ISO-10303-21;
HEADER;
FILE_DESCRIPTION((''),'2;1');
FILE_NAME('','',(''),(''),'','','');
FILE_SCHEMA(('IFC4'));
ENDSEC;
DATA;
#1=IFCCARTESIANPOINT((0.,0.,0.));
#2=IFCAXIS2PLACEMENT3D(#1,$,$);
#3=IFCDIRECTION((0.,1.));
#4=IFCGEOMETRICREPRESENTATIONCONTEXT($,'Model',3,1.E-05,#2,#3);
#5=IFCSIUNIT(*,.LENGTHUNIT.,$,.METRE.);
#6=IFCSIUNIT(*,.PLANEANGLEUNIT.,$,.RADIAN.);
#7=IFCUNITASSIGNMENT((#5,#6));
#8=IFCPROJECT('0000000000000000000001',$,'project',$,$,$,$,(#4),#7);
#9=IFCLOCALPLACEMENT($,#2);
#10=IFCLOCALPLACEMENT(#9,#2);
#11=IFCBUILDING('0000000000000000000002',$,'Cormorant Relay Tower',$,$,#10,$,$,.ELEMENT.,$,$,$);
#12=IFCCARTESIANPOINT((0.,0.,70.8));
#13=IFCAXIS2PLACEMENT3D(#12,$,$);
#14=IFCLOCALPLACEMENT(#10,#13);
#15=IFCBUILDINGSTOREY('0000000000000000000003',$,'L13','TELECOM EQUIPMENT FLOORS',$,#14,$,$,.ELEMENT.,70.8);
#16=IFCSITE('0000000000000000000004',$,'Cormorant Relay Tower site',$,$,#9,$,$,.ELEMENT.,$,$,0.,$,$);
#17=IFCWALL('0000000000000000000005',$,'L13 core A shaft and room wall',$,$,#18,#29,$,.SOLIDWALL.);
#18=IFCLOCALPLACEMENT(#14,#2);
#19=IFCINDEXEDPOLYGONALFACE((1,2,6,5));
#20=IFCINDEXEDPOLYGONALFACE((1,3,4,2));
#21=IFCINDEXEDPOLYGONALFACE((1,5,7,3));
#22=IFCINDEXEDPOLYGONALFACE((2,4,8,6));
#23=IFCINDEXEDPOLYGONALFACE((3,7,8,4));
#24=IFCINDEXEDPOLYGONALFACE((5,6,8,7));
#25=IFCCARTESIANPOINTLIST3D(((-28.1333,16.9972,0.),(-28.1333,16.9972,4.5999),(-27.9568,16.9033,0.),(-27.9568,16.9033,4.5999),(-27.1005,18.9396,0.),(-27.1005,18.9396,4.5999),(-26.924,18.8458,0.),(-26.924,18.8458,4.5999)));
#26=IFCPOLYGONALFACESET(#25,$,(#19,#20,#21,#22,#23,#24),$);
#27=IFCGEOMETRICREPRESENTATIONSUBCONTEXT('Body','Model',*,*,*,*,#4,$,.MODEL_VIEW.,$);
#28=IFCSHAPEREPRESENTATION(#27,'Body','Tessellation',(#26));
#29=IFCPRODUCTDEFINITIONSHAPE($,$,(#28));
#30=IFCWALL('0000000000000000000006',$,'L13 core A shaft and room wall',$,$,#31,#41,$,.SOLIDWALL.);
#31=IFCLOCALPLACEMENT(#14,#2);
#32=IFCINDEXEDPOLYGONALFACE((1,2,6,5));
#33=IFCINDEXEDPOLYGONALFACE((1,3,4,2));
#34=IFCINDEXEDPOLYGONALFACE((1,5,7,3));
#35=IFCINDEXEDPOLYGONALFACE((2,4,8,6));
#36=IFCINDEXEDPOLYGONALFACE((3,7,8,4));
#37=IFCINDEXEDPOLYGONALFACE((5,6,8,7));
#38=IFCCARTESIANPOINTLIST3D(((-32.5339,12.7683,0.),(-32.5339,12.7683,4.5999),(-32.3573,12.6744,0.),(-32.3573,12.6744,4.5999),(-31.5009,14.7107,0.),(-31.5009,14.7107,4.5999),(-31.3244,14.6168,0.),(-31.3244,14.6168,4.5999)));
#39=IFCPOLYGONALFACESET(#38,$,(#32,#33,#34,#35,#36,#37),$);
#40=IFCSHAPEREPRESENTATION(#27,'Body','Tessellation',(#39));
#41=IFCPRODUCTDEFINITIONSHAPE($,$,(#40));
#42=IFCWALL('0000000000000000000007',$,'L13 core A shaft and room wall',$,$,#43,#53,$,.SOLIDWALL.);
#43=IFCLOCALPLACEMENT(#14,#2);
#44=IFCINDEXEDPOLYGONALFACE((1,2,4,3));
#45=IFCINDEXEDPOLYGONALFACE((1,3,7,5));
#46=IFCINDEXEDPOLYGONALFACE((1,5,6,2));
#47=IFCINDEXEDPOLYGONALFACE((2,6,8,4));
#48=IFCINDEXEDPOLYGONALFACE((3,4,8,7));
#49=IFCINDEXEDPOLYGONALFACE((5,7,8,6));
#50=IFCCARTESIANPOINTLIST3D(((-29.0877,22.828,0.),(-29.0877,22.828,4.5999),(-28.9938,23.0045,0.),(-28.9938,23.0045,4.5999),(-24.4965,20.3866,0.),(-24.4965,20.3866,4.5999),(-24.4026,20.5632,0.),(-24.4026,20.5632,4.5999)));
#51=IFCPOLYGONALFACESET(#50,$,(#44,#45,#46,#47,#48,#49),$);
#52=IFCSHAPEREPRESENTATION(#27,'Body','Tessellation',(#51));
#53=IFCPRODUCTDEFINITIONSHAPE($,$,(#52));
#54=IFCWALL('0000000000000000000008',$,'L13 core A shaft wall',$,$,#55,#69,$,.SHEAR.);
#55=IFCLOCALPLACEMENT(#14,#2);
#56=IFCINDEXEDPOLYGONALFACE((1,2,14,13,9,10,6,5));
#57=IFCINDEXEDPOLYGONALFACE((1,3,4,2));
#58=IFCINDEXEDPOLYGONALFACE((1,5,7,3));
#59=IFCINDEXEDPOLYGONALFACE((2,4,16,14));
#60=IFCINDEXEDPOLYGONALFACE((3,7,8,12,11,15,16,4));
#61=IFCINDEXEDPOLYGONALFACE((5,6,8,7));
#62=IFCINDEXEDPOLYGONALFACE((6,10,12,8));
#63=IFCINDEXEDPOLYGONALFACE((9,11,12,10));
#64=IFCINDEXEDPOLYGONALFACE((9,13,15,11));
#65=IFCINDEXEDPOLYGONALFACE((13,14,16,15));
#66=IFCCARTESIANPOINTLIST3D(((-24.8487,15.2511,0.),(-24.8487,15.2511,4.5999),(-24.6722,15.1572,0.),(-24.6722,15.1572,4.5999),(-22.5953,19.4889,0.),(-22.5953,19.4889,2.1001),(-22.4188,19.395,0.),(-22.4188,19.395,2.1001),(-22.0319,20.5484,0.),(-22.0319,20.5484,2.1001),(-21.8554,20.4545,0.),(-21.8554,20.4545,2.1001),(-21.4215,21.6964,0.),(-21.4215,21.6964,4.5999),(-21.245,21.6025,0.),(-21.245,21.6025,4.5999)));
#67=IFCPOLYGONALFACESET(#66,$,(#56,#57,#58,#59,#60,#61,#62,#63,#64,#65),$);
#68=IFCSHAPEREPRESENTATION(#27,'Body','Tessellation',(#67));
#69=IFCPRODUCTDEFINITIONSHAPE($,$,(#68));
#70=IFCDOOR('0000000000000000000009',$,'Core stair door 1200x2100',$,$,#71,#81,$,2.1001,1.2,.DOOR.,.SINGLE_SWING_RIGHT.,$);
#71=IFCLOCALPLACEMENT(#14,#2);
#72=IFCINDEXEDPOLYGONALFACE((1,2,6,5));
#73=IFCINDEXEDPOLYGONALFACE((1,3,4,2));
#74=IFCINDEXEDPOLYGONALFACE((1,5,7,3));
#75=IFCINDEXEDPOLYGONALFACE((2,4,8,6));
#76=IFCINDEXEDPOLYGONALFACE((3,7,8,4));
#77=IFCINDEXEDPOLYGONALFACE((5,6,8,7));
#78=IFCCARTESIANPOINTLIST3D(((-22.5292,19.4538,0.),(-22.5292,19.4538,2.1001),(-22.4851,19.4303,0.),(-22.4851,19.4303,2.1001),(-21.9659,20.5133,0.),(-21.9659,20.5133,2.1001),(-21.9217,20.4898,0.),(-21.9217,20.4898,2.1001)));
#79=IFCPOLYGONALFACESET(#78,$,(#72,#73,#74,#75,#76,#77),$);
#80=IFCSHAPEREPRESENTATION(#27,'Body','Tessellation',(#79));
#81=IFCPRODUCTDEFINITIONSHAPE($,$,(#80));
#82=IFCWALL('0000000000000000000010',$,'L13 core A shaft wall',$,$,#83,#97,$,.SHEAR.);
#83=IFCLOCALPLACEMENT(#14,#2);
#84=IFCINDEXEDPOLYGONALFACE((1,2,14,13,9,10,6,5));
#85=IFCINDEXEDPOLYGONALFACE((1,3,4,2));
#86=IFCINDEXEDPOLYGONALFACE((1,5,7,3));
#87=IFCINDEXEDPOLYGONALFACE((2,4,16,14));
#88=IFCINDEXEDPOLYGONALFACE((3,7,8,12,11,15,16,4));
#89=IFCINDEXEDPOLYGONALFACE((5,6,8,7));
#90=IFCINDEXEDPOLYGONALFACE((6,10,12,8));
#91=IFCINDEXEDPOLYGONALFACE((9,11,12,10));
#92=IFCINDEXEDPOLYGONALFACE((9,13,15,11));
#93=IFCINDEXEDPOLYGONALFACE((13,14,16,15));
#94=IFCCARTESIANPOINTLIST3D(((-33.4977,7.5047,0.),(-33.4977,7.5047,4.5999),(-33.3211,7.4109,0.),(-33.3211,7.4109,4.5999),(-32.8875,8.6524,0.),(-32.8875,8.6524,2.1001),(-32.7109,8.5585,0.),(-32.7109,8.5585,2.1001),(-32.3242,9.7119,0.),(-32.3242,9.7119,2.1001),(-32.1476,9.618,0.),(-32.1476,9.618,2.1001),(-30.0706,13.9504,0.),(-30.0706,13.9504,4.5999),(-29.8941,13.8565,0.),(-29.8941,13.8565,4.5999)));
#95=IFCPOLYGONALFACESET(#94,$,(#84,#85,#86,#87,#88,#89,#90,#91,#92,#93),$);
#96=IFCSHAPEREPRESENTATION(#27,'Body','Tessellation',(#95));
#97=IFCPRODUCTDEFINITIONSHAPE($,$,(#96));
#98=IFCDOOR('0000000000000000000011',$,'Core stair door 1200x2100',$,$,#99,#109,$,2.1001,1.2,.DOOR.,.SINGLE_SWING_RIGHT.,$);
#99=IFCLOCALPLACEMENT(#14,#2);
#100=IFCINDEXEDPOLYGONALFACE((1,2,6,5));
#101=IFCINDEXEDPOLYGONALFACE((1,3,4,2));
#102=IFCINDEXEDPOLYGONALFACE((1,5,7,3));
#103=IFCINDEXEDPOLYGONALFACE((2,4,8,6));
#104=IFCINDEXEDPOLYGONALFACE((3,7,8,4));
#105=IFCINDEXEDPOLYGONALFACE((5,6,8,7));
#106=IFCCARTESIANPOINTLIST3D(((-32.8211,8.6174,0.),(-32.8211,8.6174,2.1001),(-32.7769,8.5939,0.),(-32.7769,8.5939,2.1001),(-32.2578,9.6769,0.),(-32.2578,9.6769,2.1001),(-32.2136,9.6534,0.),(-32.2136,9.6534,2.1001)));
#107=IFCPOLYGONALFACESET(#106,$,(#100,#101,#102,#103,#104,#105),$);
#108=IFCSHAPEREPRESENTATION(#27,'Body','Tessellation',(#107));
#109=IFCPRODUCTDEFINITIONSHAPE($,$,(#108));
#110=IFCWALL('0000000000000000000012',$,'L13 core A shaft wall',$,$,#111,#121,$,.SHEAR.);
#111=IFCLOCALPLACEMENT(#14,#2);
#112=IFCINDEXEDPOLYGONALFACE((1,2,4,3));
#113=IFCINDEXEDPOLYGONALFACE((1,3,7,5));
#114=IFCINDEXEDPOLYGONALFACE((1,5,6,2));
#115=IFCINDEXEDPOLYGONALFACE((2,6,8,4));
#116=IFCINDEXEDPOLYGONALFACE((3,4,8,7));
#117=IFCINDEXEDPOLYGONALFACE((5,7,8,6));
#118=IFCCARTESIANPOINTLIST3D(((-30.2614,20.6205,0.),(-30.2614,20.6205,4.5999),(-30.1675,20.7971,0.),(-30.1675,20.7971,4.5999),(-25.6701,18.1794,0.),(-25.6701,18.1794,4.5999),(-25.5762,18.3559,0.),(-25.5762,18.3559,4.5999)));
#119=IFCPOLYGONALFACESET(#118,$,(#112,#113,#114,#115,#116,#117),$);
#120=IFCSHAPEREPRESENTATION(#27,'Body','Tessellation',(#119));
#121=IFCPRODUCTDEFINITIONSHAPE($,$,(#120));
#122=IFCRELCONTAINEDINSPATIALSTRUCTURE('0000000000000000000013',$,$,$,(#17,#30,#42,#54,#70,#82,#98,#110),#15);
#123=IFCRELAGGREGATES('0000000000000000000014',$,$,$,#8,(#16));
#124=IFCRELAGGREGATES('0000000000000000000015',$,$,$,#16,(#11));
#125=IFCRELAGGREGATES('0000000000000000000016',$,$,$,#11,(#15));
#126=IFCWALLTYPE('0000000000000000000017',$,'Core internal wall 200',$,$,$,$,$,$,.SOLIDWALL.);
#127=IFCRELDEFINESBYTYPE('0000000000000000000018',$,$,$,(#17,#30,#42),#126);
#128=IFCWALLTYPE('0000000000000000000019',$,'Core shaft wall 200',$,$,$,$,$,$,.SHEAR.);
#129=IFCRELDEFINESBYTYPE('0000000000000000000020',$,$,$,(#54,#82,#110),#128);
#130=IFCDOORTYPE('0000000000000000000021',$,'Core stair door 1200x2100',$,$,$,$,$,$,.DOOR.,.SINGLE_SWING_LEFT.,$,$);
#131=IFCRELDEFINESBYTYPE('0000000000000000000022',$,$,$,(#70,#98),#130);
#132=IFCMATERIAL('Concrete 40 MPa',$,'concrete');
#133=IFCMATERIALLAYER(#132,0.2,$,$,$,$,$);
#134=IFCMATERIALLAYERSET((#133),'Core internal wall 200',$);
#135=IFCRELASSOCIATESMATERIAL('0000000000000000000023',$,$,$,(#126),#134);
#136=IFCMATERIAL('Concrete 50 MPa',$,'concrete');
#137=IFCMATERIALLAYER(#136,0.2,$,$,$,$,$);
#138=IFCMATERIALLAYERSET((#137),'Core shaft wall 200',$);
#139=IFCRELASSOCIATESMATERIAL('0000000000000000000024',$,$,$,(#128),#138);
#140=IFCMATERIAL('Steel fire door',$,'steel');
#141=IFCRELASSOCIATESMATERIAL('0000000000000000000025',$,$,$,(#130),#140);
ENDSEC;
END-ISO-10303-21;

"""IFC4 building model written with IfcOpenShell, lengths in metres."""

from ifc_helpers import new_model, si_unit, direction, frame, frame_2d, origin, place, context, subcontext, project, spatial, rectangle, extrude, material, layer, layer_set, type_object, element, fill, save


model = new_model("IFC4")

# Units and contexts
model_context = context("Model", 3, precision=1e-05, world=origin(), true_north=direction((0.0, 1.0)))
body_context = subcontext(model_context, "Body", "Model", "MODEL_VIEW")
ifc_project = project(units=[si_unit("LENGTHUNIT", "METRE"), si_unit("PLANEANGLEUNIT", "RADIAN")], contexts=[model_context])

# Site, building, storey
site_placement = place(None, origin())
site = spatial("IfcSite", under=ifc_project, at=site_placement, Name="Cormorant Relay Tower site", CompositionType="ELEMENT", RefElevation=0.0)
building_placement = place(site_placement, origin())
building = spatial("IfcBuilding", under=site, at=building_placement, Name="Cormorant Relay Tower", CompositionType="ELEMENT")
storey_placement = place(building_placement, frame((0.0, 0.0, 70.8)))
storey = spatial("IfcBuildingStorey", under=building, at=storey_placement, Name="L13", Description="TELECOM EQUIPMENT FLOORS", CompositionType="ELEMENT", Elevation=70.8)

# Walls
ifc_material_1 = material(Name="Concrete 40 MPa", Category="concrete")
ifc_layer_1 = layer(ifc_material_1, 0.2)
ifc_layer_set_1 = layer_set([ifc_layer_1], Name="Core internal wall 200")
wall_type_1 = type_object("IfcWallType", Name="Core internal wall 200", PredefinedType="SOLIDWALL", material=ifc_layer_set_1)
for number, where, z_axis, x_axis, name in (
    (1, (-27.0122, 18.8928, 0.0), (0.0, 0.0, 1.0), (-0.469447, -0.88296, 0.0), "L13 core A shaft and room wall"),
    (2, (-31.4126, 14.6638, 0.0), (0.0, 0.0, 1.0), (-0.469534, -0.882914, 0.0), "L13 core A shaft and room wall"),
):
    element("IfcWall", number, at=place(storey_placement, frame(where, z_axis=z_axis, x_axis=x_axis)), inside=storey, type_object=wall_type_1, Name=name, PredefinedType="SOLIDWALL", context=body_context, shape_type="SweptSolid", body=[
        extrude(rectangle(XDim=2.2, YDim=0.2, at=frame_2d((1.1001, 0.0))), origin(), (0.0, 0.0, 1.0), 4.5999),
    ])
wall_1_placement = place(storey_placement, frame((-24.4495, 20.4749, 0.0), z_axis=(0.0, 0.0, 1.0), x_axis=(-0.882935, 0.469496, 0.0)))
element("IfcWall", 3, at=wall_1_placement, inside=storey, type_object=wall_type_1, Name="L13 core A shaft and room wall", PredefinedType="SOLIDWALL", context=body_context, shape_type="SweptSolid", body=[
    extrude(rectangle(XDim=5.2, YDim=0.2, at=frame_2d((2.6001, 0.0))), origin(), (0.0, 0.0, 1.0), 4.5999),
])

# Walls, openings, doors
ifc_material_2 = material(Name="Concrete 50 MPa", Category="concrete")
ifc_layer_2 = layer(ifc_material_2, 0.2)
ifc_layer_set_2 = layer_set([ifc_layer_2], Name="Core shaft wall 200")
wall_type_2 = type_object("IfcWallType", Name="Core shaft wall 200", PredefinedType="SHEAR", material=ifc_layer_set_2)
wall_2_placement = place(storey_placement, frame((-21.3333, 21.6494, 0.0), z_axis=(0.0, 0.0, 1.0), x_axis=(-0.469494, -0.882936, 0.0)))
wall_2 = element("IfcWall", 4, at=wall_2_placement, inside=storey, type_object=wall_type_2, Name="L13 core A shaft wall", PredefinedType="SHEAR", context=body_context, shape_type="SweptSolid", body=[
    extrude(rectangle(XDim=7.2998, YDim=0.2, at=frame_2d((3.6499, 0.0))), origin(), (0.0, 0.0, 1.0), 4.5999),
])
opening_1_placement = place(wall_2_placement, frame((1.3, 0.0, 0.0)))
opening_1 = element("IfcOpeningElement", 5, at=opening_1_placement, cuts=wall_2, PredefinedType="OPENING", context=body_context, shape_type="SweptSolid", body=[
    extrude(rectangle(XDim=1.2, YDim=2.1001, at=frame_2d((0.6001, 1.05))), frame((0.0, 0.1099, 0.0), z_axis=(0.0, -1.0, 0.0), x_axis=(1.0, 0.0, 0.0)), (0.0, 0.0, 1.0), 0.22),
])
ifc_material_3 = material(Name="Steel fire door", Category="steel")
door_type_1 = type_object("IfcDoorType", Name="Core stair door 1200x2100", OperationType="SINGLE_SWING_LEFT", PredefinedType="DOOR", material=ifc_material_3)
door_1_placement = place(opening_1_placement, origin())
door_1 = element("IfcDoor", 6, at=door_1_placement, inside=storey, type_object=door_type_1, Name="Core stair door 1200x2100", OperationType="SINGLE_SWING_RIGHT", OverallHeight=2.1001, OverallWidth=1.2, PredefinedType="DOOR", context=body_context, shape_type="SweptSolid", body=[
    extrude(rectangle(XDim=1.2, YDim=2.1001, at=frame_2d((0.6001, 1.05))), frame((0.0, 0.0249, 0.0), z_axis=(0.0, -1.0, 0.0), x_axis=(1.0, 0.0, 0.0)), (0.0, 0.0, 1.0), 0.05),
])
fill(opening_1, door_1)
wall_3_placement = place(storey_placement, frame((-29.9824, 13.9033, 0.0), z_axis=(0.0, 0.0, 1.0), x_axis=(-0.469454, -0.882957, 0.0)))
wall_3 = element("IfcWall", 7, at=wall_3_placement, inside=storey, type_object=wall_type_2, Name="L13 core A shaft wall", PredefinedType="SHEAR", context=body_context, shape_type="SweptSolid", body=[
    extrude(rectangle(XDim=7.3, YDim=0.2, at=frame_2d((3.6499, 0.0))), origin(), (0.0, 0.0, 1.0), 4.5999),
])
opening_2_placement = place(wall_3_placement, frame((4.8, 0.0, 0.0)))
opening_2 = element("IfcOpeningElement", 8, at=opening_2_placement, cuts=wall_3, PredefinedType="OPENING", context=body_context, shape_type="SweptSolid", body=[
    extrude(rectangle(XDim=1.2, YDim=2.1001, at=frame_2d((0.6001, 1.05))), frame((0.0, 0.1099, 0.0), z_axis=(0.0, -1.0, 0.0), x_axis=(1.0, 0.0, 0.0)), (0.0, 0.0, 1.0), 0.22),
])
door_2_placement = place(opening_2_placement, frame((1.2, 0.0, 0.0), z_axis=(0.0, 0.0, 1.0), x_axis=(-1.0, 0.0, 0.0)))
door_2 = element("IfcDoor", 9, at=door_2_placement, inside=storey, type_object=door_type_1, Name="Core stair door 1200x2100", OperationType="SINGLE_SWING_RIGHT", OverallHeight=2.1001, OverallWidth=1.2, PredefinedType="DOOR", context=body_context, shape_type="SweptSolid", body=[
    extrude(rectangle(XDim=1.2, YDim=2.1001, at=frame_2d((0.6001, 1.05))), frame((0.0, 0.0249, 0.0), z_axis=(0.0, -1.0, 0.0), x_axis=(1.0, 0.0, 0.0)), (0.0, 0.0, 1.0), 0.05),
])
fill(opening_2, door_2)

# Wall
wall_4_placement = place(storey_placement, frame((-25.623, 18.2676, 0.0), z_axis=(0.0, 0.0, 1.0), x_axis=(-0.882954, 0.46946, 0.0)))
element("IfcWall", 10, at=wall_4_placement, inside=storey, type_object=wall_type_2, Name="L13 core A shaft wall", PredefinedType="SHEAR", context=body_context, shape_type="SweptSolid", body=[
    extrude(rectangle(XDim=5.2, YDim=0.2, at=frame_2d((2.6001, 0.0))), origin(), (0.0, 0.0, 1.0), 4.5999),
])

save(model, "model.ifc")
